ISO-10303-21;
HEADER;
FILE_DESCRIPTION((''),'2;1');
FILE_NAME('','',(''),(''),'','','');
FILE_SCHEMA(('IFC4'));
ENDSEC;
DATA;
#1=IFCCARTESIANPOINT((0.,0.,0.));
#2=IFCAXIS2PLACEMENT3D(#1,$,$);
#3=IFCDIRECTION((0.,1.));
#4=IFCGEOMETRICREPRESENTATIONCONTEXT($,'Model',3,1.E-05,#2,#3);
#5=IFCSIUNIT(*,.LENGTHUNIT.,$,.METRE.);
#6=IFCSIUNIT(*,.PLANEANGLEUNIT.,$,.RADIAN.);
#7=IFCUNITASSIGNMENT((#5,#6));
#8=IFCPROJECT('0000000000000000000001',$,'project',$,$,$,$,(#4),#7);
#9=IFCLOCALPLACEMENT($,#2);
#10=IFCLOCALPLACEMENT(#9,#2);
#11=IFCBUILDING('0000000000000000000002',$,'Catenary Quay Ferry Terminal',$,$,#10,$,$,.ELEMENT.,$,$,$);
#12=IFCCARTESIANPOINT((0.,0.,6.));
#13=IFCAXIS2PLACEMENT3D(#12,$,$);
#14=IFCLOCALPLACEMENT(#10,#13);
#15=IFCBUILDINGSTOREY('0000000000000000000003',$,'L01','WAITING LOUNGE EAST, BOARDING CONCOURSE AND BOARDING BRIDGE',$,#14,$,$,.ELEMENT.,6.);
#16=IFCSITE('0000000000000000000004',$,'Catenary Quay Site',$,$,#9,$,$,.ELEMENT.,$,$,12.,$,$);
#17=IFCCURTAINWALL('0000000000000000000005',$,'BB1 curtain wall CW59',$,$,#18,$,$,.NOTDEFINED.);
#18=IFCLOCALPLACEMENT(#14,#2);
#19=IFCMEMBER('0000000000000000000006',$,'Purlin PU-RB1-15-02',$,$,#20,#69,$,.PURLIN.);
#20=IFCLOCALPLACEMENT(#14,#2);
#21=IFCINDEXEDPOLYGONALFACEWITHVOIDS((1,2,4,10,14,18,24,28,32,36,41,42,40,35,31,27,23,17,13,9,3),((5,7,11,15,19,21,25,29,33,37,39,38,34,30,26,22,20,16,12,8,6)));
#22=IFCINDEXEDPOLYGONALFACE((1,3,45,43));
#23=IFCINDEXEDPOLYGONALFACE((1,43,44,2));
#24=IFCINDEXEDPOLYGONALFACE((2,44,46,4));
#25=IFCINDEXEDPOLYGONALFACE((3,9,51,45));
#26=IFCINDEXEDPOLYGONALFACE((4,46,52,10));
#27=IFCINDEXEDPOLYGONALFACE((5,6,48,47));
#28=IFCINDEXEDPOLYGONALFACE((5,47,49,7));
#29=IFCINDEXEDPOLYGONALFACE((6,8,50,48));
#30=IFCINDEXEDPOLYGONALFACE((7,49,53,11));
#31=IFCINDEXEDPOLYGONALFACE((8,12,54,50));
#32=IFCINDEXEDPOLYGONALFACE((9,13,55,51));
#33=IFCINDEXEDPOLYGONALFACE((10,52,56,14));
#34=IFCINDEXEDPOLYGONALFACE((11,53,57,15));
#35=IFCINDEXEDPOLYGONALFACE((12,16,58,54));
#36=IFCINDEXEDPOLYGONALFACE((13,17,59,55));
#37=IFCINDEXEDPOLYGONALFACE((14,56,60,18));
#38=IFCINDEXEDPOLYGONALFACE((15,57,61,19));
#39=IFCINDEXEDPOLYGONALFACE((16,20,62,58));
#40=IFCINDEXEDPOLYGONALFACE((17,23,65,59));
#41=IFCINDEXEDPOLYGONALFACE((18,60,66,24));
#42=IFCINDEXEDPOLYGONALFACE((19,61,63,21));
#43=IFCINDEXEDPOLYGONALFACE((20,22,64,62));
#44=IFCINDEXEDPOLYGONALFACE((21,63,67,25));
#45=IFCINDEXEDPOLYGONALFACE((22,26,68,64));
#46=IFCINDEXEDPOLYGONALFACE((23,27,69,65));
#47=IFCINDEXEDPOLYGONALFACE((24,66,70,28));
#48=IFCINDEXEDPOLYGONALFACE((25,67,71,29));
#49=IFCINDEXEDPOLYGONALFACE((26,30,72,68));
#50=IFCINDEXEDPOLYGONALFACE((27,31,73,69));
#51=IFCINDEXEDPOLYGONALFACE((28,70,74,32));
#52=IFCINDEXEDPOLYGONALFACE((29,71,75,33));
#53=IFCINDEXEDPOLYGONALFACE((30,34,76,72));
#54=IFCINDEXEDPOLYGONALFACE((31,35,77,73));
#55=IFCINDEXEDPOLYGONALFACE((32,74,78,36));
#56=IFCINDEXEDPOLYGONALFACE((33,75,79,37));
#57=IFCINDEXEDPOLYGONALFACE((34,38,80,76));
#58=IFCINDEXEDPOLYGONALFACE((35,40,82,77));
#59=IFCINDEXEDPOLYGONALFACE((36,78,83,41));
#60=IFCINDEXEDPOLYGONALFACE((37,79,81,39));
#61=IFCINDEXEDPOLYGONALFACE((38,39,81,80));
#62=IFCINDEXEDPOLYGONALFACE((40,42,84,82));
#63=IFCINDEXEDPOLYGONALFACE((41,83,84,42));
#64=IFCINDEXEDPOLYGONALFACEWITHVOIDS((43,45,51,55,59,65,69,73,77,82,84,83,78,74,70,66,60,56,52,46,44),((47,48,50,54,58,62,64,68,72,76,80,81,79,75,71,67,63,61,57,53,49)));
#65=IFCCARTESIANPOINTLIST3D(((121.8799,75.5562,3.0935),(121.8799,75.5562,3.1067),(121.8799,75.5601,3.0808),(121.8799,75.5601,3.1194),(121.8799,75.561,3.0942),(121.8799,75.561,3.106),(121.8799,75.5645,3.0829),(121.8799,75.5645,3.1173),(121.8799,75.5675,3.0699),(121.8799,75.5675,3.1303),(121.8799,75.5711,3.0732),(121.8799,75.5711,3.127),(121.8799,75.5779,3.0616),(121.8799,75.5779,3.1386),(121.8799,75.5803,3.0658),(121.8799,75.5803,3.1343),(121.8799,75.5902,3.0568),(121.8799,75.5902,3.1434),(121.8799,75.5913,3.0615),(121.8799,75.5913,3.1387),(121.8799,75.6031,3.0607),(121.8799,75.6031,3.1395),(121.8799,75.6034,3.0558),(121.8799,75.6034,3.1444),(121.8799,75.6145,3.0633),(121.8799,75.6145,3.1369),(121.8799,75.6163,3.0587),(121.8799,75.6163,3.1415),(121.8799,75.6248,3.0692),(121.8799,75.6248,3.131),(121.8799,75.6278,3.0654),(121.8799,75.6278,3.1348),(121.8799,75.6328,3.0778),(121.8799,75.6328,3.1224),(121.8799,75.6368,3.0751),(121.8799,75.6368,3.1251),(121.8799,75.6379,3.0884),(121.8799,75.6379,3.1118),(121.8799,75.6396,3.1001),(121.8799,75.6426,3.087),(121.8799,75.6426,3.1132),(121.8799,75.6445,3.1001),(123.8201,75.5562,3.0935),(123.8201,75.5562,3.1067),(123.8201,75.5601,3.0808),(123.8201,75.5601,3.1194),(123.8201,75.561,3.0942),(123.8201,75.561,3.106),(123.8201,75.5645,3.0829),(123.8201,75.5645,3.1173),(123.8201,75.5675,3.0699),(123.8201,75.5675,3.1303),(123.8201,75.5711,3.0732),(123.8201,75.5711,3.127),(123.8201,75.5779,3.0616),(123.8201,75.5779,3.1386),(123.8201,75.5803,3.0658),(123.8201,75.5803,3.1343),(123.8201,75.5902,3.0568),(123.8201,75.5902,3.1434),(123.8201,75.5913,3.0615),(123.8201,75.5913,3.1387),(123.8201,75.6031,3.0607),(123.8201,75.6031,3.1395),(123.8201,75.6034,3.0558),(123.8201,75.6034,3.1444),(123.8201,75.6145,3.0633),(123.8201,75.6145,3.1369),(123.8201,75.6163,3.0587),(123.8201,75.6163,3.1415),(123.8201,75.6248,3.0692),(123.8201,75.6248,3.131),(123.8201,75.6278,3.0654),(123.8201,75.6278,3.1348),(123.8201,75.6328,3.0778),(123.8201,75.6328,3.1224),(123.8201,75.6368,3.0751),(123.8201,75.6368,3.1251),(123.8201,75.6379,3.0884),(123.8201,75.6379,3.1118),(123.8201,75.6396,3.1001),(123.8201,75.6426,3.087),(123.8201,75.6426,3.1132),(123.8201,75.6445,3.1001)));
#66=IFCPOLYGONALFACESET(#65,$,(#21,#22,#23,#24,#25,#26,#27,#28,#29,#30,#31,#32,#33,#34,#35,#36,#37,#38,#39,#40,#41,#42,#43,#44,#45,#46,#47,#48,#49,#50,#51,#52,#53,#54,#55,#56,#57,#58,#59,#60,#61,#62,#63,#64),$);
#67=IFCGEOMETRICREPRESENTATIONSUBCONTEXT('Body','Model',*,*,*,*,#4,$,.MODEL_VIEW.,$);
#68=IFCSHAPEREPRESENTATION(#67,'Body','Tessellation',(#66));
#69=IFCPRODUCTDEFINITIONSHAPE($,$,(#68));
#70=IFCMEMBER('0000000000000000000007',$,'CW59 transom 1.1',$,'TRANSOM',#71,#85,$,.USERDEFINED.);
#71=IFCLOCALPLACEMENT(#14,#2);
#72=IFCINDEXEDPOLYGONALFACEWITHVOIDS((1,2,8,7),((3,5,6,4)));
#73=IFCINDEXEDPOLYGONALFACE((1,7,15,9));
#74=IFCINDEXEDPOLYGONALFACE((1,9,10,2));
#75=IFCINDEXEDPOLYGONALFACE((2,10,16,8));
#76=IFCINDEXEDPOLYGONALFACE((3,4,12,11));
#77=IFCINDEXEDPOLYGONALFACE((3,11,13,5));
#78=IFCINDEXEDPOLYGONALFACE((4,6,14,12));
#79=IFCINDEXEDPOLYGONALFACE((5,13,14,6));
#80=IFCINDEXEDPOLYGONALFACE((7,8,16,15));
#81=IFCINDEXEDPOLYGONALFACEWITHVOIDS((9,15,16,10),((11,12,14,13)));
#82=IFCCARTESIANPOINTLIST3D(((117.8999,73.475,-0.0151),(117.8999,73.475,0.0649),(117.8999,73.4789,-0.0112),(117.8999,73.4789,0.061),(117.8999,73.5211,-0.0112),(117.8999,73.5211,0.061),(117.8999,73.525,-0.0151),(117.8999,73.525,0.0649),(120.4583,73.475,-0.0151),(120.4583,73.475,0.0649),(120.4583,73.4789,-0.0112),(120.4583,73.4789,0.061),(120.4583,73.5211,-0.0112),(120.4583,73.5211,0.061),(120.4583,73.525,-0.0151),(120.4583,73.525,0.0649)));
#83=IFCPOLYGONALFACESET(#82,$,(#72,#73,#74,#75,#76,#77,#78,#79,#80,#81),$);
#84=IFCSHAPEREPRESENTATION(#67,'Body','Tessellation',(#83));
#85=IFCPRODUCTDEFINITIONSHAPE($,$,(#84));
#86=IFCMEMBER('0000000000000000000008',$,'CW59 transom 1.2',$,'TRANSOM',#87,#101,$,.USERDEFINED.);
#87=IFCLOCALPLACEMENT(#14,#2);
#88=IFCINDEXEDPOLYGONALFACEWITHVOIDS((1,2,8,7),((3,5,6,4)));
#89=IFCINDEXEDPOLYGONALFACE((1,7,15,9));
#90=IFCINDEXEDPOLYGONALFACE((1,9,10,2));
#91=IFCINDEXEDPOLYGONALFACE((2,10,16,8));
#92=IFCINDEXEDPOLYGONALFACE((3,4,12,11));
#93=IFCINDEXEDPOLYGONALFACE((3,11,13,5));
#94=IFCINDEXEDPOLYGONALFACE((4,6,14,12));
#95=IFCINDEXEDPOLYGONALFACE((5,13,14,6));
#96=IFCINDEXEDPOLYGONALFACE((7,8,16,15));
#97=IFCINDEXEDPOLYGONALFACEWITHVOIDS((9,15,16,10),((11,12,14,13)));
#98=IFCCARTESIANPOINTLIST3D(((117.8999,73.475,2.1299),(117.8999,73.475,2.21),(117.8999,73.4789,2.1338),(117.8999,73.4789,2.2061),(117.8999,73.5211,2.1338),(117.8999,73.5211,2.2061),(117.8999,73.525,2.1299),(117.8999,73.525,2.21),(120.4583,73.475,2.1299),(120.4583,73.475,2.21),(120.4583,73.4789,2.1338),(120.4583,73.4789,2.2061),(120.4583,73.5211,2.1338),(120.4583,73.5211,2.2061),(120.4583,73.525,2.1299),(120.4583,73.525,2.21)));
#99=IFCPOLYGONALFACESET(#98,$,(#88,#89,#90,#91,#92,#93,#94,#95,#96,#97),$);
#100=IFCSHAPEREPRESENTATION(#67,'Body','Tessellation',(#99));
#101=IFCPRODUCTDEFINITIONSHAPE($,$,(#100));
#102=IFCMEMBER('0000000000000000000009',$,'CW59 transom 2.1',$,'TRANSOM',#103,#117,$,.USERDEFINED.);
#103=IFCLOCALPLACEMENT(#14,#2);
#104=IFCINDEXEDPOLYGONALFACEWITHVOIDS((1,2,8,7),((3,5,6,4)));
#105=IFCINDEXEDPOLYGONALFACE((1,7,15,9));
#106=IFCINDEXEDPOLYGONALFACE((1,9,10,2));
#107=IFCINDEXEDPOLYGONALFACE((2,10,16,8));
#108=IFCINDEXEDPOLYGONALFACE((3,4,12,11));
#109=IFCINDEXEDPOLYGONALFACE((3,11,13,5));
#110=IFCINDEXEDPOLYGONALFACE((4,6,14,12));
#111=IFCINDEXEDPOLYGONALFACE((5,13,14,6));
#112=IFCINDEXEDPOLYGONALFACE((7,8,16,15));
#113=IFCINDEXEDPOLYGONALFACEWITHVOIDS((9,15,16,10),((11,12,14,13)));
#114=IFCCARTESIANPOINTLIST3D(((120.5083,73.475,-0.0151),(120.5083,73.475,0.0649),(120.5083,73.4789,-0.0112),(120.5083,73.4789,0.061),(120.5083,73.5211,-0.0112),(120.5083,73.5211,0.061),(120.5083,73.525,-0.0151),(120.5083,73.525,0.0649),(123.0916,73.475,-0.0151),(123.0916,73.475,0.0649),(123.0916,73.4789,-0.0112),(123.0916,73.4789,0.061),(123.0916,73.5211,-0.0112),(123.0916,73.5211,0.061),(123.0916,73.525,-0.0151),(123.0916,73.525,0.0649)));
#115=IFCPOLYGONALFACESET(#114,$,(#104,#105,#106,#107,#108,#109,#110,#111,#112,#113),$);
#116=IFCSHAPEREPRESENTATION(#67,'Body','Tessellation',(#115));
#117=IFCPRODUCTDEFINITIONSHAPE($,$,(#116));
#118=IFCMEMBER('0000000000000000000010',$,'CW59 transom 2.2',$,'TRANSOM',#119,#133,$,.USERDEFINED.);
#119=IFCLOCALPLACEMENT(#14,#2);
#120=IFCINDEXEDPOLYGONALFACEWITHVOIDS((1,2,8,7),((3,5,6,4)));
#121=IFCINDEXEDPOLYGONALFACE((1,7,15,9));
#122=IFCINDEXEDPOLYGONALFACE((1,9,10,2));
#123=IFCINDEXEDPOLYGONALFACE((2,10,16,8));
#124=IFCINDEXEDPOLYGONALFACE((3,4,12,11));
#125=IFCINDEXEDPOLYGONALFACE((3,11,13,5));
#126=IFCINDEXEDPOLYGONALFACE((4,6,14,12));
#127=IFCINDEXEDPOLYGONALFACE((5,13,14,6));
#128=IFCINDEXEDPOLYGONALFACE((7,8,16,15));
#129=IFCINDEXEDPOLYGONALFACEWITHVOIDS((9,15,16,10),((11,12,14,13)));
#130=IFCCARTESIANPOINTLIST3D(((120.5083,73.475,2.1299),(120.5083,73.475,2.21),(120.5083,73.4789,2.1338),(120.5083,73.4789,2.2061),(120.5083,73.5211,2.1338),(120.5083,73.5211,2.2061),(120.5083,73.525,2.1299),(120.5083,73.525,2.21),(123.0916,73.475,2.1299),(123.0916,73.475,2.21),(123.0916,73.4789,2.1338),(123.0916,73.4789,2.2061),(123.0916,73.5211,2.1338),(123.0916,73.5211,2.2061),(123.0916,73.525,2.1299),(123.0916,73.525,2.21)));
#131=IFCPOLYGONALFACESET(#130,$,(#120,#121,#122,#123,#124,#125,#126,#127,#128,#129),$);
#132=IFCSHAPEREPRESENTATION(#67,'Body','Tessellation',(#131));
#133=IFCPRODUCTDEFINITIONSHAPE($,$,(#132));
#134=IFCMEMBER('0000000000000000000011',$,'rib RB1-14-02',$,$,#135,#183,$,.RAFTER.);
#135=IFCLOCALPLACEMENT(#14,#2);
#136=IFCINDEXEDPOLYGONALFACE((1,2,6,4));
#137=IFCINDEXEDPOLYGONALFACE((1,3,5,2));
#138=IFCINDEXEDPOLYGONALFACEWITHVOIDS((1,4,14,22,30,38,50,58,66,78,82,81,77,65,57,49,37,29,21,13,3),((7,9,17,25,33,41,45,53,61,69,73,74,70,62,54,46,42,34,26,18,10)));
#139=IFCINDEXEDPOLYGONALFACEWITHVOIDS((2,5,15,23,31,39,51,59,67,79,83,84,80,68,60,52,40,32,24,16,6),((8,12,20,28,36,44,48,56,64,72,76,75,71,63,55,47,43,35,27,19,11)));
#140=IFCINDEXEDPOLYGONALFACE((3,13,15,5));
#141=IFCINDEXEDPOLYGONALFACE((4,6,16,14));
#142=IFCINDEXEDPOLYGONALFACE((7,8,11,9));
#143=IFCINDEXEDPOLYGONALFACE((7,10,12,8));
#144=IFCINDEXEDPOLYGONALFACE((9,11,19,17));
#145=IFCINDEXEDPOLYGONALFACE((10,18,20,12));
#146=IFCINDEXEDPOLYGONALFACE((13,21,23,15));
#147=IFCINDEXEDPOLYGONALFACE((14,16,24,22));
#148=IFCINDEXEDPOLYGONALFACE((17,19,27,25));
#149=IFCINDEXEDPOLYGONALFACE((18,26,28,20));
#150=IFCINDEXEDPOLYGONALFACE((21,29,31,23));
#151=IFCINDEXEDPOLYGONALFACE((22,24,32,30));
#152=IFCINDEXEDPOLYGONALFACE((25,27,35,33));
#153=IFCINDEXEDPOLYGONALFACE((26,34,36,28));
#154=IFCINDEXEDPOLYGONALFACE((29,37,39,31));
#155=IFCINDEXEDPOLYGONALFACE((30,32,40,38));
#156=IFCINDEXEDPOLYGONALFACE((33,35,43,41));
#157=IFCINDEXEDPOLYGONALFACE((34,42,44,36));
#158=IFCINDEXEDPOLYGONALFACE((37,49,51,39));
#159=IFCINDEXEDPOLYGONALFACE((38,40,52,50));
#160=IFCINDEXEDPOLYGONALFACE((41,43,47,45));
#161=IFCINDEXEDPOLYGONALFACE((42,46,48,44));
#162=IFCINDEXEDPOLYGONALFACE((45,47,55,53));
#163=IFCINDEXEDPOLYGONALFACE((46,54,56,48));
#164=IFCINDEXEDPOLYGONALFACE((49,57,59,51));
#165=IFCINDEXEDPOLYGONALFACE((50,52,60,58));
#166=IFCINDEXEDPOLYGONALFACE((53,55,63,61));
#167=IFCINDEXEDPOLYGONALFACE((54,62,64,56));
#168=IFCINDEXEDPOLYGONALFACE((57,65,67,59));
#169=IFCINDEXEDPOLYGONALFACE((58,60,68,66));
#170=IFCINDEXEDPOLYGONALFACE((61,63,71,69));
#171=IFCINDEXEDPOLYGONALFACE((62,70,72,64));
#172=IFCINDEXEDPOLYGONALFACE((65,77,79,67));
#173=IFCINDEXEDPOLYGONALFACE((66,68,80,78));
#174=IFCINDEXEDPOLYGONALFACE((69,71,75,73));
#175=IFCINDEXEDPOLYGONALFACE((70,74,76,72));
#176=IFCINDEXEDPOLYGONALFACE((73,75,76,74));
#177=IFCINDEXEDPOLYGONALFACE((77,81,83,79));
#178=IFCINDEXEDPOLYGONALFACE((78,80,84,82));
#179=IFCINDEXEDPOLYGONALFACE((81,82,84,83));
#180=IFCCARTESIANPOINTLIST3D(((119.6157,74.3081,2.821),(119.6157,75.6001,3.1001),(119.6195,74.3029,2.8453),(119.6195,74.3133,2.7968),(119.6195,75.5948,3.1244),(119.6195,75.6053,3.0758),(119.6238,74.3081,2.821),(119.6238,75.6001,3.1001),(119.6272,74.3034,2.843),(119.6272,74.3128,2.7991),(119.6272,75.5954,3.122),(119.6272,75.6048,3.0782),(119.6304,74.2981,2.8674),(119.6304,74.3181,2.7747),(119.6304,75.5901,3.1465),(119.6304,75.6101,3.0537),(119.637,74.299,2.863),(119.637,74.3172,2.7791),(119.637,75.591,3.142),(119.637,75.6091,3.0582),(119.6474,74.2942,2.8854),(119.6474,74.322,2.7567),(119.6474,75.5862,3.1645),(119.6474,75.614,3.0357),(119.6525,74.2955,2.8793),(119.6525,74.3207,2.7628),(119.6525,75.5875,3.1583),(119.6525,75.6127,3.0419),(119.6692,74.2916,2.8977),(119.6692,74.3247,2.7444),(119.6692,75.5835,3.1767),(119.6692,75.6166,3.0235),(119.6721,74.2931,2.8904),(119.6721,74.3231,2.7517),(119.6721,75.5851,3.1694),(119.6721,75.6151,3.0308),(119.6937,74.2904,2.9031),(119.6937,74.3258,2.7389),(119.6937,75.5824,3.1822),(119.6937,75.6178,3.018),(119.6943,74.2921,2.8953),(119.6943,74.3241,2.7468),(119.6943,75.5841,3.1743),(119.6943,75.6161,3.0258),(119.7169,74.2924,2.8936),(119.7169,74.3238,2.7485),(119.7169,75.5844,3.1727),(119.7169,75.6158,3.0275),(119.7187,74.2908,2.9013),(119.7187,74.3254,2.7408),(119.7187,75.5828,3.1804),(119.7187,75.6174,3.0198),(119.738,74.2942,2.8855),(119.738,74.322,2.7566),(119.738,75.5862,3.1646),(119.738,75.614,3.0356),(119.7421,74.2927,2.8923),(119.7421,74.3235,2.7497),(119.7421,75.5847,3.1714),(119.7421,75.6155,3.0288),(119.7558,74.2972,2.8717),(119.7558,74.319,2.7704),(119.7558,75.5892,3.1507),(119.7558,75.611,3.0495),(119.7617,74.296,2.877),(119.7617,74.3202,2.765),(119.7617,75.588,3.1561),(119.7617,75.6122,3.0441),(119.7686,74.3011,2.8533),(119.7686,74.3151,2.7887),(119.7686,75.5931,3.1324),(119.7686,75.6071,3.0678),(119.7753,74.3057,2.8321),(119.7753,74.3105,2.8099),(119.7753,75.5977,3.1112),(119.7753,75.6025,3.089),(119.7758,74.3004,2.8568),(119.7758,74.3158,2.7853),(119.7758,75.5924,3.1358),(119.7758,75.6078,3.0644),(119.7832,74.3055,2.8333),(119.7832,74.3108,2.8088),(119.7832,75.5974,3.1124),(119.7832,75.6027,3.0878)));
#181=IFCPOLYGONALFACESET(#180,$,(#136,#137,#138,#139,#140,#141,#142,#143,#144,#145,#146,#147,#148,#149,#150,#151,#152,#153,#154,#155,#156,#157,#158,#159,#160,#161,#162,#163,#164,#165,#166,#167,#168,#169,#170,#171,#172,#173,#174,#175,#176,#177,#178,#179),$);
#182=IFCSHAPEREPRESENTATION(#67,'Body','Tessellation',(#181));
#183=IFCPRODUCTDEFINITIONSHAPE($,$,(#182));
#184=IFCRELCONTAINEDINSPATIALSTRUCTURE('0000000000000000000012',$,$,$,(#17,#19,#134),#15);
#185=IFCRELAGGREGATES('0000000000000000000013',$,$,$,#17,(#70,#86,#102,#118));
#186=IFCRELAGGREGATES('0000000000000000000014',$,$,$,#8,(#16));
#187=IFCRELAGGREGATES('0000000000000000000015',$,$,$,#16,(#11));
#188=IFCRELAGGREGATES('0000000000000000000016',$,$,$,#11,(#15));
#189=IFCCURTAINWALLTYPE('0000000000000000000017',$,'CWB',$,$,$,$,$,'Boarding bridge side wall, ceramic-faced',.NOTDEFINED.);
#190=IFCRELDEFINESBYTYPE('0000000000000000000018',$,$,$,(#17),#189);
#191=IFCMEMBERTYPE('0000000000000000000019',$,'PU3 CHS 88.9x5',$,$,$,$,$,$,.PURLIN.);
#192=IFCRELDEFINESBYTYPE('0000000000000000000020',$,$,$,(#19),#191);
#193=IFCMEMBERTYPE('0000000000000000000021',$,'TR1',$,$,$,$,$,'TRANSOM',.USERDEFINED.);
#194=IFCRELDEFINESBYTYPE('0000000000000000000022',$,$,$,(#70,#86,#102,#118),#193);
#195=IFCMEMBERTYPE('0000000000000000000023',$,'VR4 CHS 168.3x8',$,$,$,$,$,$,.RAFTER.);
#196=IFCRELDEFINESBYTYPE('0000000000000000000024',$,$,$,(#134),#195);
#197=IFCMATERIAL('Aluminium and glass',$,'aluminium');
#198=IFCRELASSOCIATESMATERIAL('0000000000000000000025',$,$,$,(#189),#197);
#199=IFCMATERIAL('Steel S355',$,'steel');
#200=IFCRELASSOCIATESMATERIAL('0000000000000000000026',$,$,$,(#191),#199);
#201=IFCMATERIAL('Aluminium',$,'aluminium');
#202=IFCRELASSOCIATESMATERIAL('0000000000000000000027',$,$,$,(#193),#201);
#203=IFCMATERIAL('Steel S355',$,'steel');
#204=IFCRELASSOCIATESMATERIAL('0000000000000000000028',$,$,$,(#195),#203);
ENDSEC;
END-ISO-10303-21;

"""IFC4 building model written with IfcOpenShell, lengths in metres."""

from ifc_helpers import new_model, si_unit, direction, frame, origin, origin_2d, place, context, subcontext, project, spatial, hollow_rectangle, hollow_circle, extrude, material, material_profile, profile_set, type_object, element, aggregate, save


model = new_model("IFC4")

# Units and contexts
model_context = context("Model", 3, precision=1e-05, world=origin(), true_north=direction((0.0, 1.0)))
body_context = subcontext(model_context, "Body", "Model", "MODEL_VIEW")
ifc_project = project(units=[si_unit("LENGTHUNIT", "METRE"), si_unit("PLANEANGLEUNIT", "RADIAN")], contexts=[model_context])

# Site, building, storey
site_placement = place(None, origin())
site = spatial("IfcSite", under=ifc_project, at=site_placement, Name="Catenary Quay Site", CompositionType="ELEMENT", RefElevation=12.0)
building_placement = place(site_placement, origin())
building = spatial("IfcBuilding", under=site, at=building_placement, Name="Catenary Quay Ferry Terminal", CompositionType="ELEMENT")
storey_placement = place(building_placement, frame((0.0, 0.0, 6.0)))
storey = spatial("IfcBuildingStorey", under=building, at=storey_placement, Name="L01", Description="WAITING LOUNGE EAST, BOARDING CONCOURSE AND BOARDING BRIDGE", CompositionType="ELEMENT", Elevation=6.0)

# Curtain wall
ifc_material_1 = material(Name="Aluminium and glass", Category="aluminium")
curtain_wall_type = type_object("IfcCurtainWallType", Name="CWB", ElementType="Boarding bridge side wall, ceramic-faced", PredefinedType="NOTDEFINED", material=ifc_material_1)
curtain_wall_placement = place(storey_placement, origin())
curtain_wall = element("IfcCurtainWall", 1, at=curtain_wall_placement, inside=storey, type_object=curtain_wall_type, Name="BB1 curtain wall CW59", PredefinedType="NOTDEFINED")

# Member
ifc_material_2 = material(Name="Steel S355", Category="steel")
ifc_material_profile_1 = material_profile(ifc_material_2, hollow_circle(Radius=0.0444, WallThickness=0.0049, at=origin_2d()), Name="CHS 88.9x5")
ifc_profile_set_1 = profile_set([ifc_material_profile_1], Name="Steel S355")
member_type_1 = type_object("IfcMemberType", Name="PU3 CHS 88.9x5", PredefinedType="PURLIN", material=ifc_profile_set_1)
for number, where, z_axis, x_axis, name in (
    (2, (121.8799, 75.6001, 3.1001), (1.0, 0.0, 0.0), (0.0, 1.0, 0.0), "Purlin PU-RB1-15-02"),
):
    element("IfcMember", number, at=place(storey_placement, frame(where, z_axis=z_axis, x_axis=x_axis)), inside=storey, type_object=member_type_1, Name=name, PredefinedType="PURLIN", context=body_context, shape_type="SweptSolid", body=[
        extrude(hollow_circle(Radius=0.0444, WallThickness=0.0049, at=origin_2d()), origin(), (0.0, 0.0, 1.0), 1.9402),
    ])

# Members
ifc_material_3 = material(Name="Aluminium", Category="aluminium")
ifc_material_profile_2 = material_profile(ifc_material_3, hollow_rectangle(XDim=0.05, YDim=0.0801, WallThickness=0.0039, at=origin_2d()), Name="TR1")
ifc_profile_set_2 = profile_set([ifc_material_profile_2], Name="Aluminium")
member_type_2 = type_object("IfcMemberType", Name="TR1", ElementType="TRANSOM", PredefinedType="USERDEFINED", material=ifc_profile_set_2)
member_1_placement = place(storey_placement, frame((117.8999, 73.5, 0.0249), z_axis=(1.0, 0.0, 0.0), x_axis=(0.0, 1.0, 0.0)))
member_1 = element("IfcMember", 3, at=member_1_placement, type_object=member_type_2, Name="CW59 transom 1.1", ObjectType="TRANSOM", PredefinedType="USERDEFINED", context=body_context, shape_type="SweptSolid", body=[
    extrude(hollow_rectangle(XDim=0.05, YDim=0.0801, WallThickness=0.0039, at=origin_2d()), origin(), (0.0, 0.0, 1.0), 2.5583),
])
member_2_placement = place(storey_placement, frame((117.8999, 73.5, 2.1699), z_axis=(1.0, 0.0, 0.0), x_axis=(0.0, 1.0, 0.0)))
member_2 = element("IfcMember", 4, at=member_2_placement, type_object=member_type_2, Name="CW59 transom 1.2", ObjectType="TRANSOM", PredefinedType="USERDEFINED", context=body_context, shape_type="SweptSolid", body=[
    extrude(hollow_rectangle(XDim=0.05, YDim=0.0801, WallThickness=0.0039, at=origin_2d()), origin(), (0.0, 0.0, 1.0), 2.5583),
])
member_3_placement = place(storey_placement, frame((120.5083, 73.5, 0.0249), z_axis=(1.0, 0.0, 0.0), x_axis=(0.0, 1.0, 0.0)))
member_3 = element("IfcMember", 5, at=member_3_placement, type_object=member_type_2, Name="CW59 transom 2.1", ObjectType="TRANSOM", PredefinedType="USERDEFINED", context=body_context, shape_type="SweptSolid", body=[
    extrude(hollow_rectangle(XDim=0.05, YDim=0.0801, WallThickness=0.0039, at=origin_2d()), origin(), (0.0, 0.0, 1.0), 2.5833),
])
member_4_placement = place(storey_placement, frame((120.5083, 73.5, 2.1699), z_axis=(1.0, 0.0, 0.0), x_axis=(0.0, 1.0, 0.0)))
member_4 = element("IfcMember", 6, at=member_4_placement, type_object=member_type_2, Name="CW59 transom 2.2", ObjectType="TRANSOM", PredefinedType="USERDEFINED", context=body_context, shape_type="SweptSolid", body=[
    extrude(hollow_rectangle(XDim=0.05, YDim=0.0801, WallThickness=0.0039, at=origin_2d()), origin(), (0.0, 0.0, 1.0), 2.5833),
])

# Member
ifc_material_4 = material(Name="Steel S355", Category="steel")
ifc_material_profile_3 = material_profile(ifc_material_4, hollow_circle(Radius=0.0842, WallThickness=0.0081, at=origin_2d()), Name="CHS 168.3x8")
ifc_profile_set_3 = profile_set([ifc_material_profile_3], Name="Steel S355")
member_type_3 = type_object("IfcMemberType", Name="VR4 CHS 168.3x8", PredefinedType="RAFTER", material=ifc_profile_set_3)
for number, where, z_axis, x_axis, name in (
    (7, (119.7, 74.3081, 2.821), (0.0, 0.977461, 0.211118), (-1.0, 0.0, 0.0), "rib RB1-14-02"),
):
    element("IfcMember", number, at=place(storey_placement, frame(where, z_axis=z_axis, x_axis=x_axis)), inside=storey, type_object=member_type_3, Name=name, PredefinedType="RAFTER", context=body_context, shape_type="SweptSolid", body=[
        extrude(hollow_circle(Radius=0.0842, WallThickness=0.0081, at=origin_2d()), origin(), (0.0, 0.0, 1.0), 1.3218),
    ])

aggregate(curtain_wall, [member_1, member_2, member_3, member_4])

save(model, "model.ifc")
